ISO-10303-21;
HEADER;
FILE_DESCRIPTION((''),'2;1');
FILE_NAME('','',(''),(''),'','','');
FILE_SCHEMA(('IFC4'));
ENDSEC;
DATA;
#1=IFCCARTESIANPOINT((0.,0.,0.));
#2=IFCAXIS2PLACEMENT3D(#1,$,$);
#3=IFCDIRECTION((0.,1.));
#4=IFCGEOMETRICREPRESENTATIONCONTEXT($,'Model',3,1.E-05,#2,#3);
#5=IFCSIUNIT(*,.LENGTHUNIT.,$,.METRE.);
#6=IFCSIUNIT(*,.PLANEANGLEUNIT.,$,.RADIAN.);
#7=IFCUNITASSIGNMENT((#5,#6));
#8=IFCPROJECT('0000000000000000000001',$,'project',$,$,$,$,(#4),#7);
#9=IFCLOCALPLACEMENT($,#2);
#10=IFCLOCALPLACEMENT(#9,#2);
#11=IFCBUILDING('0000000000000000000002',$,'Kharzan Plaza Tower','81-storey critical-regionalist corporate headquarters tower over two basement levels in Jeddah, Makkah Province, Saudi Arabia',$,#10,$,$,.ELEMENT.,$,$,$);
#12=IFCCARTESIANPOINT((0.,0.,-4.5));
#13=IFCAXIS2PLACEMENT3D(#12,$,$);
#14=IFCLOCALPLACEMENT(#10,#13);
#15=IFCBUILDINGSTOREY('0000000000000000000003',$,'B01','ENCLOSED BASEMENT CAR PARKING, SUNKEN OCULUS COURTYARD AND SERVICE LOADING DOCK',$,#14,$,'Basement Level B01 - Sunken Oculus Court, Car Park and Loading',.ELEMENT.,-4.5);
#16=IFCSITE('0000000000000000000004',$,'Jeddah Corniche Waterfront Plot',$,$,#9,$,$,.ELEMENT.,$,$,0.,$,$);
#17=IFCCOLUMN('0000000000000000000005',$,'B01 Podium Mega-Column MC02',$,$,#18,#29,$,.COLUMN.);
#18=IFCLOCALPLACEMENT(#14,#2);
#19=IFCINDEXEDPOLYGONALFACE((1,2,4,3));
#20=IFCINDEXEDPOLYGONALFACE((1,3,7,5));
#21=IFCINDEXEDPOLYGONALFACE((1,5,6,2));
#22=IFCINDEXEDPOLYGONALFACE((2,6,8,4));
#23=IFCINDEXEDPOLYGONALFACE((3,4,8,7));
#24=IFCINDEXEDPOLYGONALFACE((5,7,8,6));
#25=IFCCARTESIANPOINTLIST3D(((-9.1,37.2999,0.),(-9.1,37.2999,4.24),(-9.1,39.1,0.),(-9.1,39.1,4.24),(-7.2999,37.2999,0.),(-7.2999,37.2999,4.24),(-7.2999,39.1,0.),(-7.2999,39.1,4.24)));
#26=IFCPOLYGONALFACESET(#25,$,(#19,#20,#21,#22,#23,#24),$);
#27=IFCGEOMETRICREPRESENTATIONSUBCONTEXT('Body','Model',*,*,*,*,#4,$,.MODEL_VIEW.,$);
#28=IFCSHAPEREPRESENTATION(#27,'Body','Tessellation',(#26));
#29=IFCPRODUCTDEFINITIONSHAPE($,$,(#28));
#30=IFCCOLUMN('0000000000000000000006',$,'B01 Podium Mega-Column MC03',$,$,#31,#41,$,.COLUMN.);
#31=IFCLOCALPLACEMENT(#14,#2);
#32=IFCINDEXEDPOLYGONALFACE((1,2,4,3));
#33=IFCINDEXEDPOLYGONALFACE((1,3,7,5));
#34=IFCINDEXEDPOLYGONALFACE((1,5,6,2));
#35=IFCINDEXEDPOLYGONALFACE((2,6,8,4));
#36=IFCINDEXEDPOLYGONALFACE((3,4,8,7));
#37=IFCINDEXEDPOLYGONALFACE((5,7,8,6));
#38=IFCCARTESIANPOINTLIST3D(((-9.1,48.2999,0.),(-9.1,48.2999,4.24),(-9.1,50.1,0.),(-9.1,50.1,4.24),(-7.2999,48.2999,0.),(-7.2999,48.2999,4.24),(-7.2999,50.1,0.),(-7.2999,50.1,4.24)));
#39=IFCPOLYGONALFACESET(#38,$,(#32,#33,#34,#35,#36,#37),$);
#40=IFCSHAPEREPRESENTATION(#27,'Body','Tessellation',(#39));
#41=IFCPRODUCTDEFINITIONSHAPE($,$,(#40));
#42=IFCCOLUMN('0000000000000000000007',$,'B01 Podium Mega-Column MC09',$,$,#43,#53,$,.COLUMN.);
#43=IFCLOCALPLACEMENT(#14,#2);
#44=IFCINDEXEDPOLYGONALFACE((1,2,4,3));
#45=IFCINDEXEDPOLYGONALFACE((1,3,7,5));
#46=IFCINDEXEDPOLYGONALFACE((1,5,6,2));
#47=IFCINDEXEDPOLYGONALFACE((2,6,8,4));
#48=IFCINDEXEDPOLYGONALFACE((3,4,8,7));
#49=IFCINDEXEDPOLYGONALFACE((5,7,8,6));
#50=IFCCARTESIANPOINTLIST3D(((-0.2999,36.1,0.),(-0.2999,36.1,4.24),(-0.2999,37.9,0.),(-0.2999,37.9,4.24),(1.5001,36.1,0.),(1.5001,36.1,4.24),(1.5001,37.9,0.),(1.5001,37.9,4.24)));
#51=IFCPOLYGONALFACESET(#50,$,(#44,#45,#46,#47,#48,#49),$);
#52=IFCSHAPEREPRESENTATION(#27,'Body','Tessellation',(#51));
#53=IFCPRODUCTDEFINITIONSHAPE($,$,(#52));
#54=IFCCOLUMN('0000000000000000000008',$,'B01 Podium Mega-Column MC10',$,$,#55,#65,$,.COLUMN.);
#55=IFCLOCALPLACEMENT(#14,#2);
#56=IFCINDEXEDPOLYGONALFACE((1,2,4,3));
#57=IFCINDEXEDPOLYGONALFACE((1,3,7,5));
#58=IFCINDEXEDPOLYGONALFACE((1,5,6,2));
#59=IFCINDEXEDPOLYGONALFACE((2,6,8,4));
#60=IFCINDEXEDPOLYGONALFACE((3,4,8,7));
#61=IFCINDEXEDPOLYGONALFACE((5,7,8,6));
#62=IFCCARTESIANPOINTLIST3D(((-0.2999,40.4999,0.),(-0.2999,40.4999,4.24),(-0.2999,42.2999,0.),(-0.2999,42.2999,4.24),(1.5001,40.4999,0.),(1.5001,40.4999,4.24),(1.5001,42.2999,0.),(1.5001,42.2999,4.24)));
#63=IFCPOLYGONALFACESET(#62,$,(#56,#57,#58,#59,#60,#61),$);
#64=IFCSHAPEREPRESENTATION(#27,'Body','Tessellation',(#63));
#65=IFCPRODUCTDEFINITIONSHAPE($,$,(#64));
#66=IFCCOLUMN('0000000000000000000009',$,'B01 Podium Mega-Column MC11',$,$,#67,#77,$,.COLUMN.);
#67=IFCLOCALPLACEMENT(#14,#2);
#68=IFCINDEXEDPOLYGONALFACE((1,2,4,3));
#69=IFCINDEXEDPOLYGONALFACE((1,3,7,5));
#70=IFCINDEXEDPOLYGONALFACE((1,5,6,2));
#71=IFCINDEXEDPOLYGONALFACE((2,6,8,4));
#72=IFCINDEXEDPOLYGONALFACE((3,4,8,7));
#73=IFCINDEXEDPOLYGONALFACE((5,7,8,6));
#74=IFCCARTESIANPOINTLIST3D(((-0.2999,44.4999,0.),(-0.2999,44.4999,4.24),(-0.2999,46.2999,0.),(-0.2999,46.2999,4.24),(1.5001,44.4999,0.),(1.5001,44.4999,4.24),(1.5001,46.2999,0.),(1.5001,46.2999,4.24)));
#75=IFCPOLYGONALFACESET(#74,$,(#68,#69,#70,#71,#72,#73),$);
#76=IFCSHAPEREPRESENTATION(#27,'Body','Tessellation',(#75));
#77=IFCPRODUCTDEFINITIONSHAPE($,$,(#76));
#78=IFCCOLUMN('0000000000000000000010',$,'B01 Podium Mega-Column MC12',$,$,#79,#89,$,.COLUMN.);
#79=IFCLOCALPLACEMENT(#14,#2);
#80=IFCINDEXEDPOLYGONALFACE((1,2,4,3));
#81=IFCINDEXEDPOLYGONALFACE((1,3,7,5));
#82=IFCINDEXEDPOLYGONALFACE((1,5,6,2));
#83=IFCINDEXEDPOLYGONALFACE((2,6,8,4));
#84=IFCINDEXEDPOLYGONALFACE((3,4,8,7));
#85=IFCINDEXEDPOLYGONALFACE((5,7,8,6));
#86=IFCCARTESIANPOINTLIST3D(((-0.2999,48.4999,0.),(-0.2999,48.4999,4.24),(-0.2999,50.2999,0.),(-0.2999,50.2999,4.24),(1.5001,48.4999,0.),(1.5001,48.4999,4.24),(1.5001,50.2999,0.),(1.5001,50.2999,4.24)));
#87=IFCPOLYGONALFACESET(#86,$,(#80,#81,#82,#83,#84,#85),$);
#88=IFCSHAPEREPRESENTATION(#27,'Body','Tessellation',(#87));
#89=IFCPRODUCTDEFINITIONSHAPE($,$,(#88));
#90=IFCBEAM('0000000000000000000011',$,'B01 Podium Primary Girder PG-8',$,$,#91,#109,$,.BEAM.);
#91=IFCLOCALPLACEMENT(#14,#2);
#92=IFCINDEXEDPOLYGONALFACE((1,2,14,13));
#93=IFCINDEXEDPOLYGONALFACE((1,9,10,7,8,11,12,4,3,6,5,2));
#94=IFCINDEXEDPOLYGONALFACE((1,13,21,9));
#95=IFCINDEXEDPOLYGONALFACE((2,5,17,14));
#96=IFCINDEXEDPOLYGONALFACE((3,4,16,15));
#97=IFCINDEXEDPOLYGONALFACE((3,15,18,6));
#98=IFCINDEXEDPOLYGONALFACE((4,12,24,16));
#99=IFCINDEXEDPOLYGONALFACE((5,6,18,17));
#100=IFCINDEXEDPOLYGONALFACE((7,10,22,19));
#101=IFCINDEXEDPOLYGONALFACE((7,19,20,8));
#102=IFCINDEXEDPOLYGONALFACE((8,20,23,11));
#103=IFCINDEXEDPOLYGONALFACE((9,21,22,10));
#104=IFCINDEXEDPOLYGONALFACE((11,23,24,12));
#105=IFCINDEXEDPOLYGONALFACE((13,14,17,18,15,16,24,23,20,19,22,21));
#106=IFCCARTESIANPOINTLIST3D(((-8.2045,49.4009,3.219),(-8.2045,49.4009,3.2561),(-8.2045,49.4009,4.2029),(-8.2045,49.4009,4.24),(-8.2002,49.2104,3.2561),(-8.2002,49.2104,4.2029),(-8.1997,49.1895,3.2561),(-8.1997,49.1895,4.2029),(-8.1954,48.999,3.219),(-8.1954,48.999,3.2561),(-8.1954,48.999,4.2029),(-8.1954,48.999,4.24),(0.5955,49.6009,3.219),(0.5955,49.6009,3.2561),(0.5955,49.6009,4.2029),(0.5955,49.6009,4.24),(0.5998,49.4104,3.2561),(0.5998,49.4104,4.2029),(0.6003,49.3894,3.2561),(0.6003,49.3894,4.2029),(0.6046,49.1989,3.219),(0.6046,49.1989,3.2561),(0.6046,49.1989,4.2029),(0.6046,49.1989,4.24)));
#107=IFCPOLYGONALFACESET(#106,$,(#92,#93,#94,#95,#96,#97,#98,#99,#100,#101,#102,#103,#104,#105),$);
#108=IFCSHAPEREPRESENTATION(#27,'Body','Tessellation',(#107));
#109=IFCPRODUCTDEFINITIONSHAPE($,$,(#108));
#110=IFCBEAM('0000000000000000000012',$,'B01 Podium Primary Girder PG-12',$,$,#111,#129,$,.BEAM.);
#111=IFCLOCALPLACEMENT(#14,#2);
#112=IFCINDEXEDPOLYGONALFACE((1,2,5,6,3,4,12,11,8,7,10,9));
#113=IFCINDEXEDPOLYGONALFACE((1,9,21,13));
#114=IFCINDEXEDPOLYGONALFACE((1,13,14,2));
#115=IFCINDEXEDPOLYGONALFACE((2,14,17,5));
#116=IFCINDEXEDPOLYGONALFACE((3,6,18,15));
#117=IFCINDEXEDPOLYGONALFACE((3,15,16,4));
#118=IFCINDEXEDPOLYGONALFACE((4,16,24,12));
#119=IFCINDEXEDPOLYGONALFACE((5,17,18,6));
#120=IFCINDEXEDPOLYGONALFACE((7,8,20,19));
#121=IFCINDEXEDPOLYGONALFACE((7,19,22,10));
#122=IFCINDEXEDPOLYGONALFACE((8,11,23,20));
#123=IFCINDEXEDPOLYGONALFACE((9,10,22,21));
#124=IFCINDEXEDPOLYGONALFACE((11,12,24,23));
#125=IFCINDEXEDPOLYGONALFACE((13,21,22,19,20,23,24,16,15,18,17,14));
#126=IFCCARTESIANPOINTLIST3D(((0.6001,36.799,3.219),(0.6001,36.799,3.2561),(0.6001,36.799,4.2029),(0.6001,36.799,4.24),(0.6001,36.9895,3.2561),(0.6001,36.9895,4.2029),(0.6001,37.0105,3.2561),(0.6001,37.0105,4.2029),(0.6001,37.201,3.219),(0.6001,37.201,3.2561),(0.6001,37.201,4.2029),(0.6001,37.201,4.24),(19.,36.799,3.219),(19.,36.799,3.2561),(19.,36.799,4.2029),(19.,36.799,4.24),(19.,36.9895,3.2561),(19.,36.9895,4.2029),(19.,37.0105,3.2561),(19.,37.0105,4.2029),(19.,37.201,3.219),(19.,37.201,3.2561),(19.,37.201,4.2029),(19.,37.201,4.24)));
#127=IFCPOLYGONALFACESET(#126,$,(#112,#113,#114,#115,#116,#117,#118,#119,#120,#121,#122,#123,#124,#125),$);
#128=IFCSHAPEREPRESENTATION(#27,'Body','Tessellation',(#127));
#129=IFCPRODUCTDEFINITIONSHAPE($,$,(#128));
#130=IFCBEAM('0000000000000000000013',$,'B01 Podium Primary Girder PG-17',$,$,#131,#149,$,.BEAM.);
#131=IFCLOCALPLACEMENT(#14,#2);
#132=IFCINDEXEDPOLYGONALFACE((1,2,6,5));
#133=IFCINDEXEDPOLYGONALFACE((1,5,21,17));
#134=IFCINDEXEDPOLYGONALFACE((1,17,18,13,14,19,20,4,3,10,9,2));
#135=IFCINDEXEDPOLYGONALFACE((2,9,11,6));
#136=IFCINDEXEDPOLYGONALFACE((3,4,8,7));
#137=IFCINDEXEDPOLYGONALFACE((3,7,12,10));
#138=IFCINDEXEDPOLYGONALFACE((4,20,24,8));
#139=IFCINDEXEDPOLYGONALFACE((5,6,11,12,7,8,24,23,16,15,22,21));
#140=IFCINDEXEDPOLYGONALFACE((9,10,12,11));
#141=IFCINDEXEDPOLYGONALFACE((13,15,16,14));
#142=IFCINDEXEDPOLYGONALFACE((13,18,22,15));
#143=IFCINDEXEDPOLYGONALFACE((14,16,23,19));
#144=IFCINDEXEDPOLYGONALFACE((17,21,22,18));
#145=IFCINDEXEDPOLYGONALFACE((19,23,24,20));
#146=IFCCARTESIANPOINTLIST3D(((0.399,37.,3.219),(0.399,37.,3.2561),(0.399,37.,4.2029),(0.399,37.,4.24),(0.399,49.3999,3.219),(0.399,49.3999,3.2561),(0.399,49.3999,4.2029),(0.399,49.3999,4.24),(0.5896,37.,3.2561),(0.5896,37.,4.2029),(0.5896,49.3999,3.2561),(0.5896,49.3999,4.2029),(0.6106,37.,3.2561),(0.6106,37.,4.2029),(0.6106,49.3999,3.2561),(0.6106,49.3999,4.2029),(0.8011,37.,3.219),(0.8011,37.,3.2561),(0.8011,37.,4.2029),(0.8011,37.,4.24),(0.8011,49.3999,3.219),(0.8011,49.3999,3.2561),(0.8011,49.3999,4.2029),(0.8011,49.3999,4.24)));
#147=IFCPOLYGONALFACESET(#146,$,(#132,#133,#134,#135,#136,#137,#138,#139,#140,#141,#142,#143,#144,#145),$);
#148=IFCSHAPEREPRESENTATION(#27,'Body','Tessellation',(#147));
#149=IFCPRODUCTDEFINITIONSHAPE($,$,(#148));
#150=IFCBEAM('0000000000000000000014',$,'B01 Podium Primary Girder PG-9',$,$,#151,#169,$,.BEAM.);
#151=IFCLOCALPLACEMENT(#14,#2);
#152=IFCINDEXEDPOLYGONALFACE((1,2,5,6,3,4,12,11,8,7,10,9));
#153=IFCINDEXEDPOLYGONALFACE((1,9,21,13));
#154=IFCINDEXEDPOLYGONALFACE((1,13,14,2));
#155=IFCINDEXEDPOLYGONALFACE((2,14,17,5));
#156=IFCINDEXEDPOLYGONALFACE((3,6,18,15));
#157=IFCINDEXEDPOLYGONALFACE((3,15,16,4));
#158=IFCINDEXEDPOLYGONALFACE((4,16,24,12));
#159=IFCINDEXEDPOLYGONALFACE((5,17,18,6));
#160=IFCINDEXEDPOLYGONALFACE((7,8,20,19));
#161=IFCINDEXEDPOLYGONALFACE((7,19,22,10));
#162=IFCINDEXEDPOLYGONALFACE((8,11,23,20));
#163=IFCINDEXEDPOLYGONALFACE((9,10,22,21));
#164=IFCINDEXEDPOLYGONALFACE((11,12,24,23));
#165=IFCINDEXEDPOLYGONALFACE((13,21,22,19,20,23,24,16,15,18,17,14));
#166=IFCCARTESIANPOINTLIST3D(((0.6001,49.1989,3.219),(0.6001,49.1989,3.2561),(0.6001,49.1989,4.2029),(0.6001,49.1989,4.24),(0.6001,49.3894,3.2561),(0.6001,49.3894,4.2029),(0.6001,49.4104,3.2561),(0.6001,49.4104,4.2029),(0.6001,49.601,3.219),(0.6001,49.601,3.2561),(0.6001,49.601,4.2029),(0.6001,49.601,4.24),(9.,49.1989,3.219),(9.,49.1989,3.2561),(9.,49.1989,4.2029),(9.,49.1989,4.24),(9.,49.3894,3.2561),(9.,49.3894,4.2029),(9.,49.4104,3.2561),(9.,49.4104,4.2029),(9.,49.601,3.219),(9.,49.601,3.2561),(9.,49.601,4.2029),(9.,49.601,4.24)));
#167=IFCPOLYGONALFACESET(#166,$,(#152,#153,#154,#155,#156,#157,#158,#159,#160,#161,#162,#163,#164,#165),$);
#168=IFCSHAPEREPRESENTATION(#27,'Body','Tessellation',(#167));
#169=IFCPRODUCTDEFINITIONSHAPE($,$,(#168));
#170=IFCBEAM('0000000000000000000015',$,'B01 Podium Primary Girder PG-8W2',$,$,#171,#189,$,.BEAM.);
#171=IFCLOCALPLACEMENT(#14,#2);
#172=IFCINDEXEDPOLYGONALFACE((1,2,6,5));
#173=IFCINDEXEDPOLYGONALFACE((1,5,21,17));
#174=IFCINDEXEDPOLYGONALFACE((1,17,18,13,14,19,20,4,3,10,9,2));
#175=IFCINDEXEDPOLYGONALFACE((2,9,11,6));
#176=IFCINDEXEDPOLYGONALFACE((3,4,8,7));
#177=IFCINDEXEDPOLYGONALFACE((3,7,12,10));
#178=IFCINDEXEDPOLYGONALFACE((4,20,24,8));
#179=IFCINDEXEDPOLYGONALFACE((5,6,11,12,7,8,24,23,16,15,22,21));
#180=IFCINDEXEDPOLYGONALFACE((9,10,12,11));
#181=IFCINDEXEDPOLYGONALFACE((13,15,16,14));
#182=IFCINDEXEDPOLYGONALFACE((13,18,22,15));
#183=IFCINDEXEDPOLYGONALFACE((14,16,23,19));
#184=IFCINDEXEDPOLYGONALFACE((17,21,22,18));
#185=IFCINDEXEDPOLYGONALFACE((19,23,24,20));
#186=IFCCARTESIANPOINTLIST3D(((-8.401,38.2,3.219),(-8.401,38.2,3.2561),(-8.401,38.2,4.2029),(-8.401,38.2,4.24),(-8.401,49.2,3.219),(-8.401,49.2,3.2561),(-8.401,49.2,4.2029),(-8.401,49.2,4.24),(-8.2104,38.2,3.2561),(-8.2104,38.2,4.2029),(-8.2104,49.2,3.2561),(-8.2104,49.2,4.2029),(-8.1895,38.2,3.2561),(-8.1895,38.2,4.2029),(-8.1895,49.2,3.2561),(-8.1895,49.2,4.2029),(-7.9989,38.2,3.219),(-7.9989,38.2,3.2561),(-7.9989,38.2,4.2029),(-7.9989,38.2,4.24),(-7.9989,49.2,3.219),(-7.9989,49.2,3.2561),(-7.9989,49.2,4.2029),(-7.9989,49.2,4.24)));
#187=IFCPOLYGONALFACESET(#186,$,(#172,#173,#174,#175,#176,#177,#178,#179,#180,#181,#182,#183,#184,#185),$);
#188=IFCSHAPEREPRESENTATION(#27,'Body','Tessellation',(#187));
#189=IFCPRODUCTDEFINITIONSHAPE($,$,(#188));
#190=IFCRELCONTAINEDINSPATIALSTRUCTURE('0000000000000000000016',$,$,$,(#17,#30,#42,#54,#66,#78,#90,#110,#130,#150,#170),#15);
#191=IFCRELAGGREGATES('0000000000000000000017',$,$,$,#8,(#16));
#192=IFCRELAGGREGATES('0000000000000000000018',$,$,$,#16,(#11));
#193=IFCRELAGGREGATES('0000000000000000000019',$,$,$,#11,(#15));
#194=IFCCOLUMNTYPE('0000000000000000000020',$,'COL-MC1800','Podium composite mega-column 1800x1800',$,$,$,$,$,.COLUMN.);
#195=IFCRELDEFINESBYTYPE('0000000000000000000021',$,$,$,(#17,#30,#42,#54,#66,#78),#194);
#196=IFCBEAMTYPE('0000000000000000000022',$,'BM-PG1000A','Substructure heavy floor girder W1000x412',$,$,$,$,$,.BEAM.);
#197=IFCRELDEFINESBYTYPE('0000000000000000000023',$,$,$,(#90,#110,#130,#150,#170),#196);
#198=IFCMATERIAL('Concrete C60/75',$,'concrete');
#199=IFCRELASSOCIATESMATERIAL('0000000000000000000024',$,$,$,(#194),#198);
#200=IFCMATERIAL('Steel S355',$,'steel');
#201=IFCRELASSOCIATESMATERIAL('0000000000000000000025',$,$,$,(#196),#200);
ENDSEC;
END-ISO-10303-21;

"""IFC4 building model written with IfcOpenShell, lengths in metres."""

from ifc_helpers import new_model, si_unit, direction, frame, origin, origin_2d, place, context, subcontext, project, spatial, rectangle, i_section, extrude, source, transform, mapped, material, material_profile, profile_set, type_object, element, save


model = new_model("IFC4")

# Units and contexts
model_context = context("Model", 3, precision=1e-05, world=origin(), true_north=direction((0.0, 1.0)))
body_context = subcontext(model_context, "Body", "Model", "MODEL_VIEW")
ifc_project = project(units=[si_unit("LENGTHUNIT", "METRE"), si_unit("PLANEANGLEUNIT", "RADIAN")], contexts=[model_context])

# Site, building, storey
site_placement = place(None, origin())
site = spatial("IfcSite", under=ifc_project, at=site_placement, Name="Jeddah Corniche Waterfront Plot", CompositionType="ELEMENT", RefElevation=0.0)
building_placement = place(site_placement, origin())
building = spatial("IfcBuilding", under=site, at=building_placement, Name="Kharzan Plaza Tower", Description="81-storey critical-regionalist corporate headquarters tower over two basement levels in Jeddah, Makkah Province, Saudi Arabia", CompositionType="ELEMENT")
storey_placement = place(building_placement, frame((0.0, 0.0, -4.5)))
storey = spatial("IfcBuildingStorey", under=building, at=storey_placement, Name="B01", Description="ENCLOSED BASEMENT CAR PARKING, SUNKEN OCULUS COURTYARD AND SERVICE LOADING DOCK", LongName="Basement Level B01 - Sunken Oculus Court, Car Park and Loading", CompositionType="ELEMENT", Elevation=-4.5)

# Columns
ifc_material_1 = material(Name="Concrete C60/75", Category="concrete")
ifc_material_profile_1 = material_profile(ifc_material_1, rectangle(XDim=1.8, YDim=1.8, at=origin_2d()), Name="RC-MC1800x1800")
ifc_profile_set_1 = profile_set([ifc_material_profile_1], Name="Concrete C60/75")
column_type = type_object("IfcColumnType", Name="COL-MC1800", Description="Podium composite mega-column 1800x1800", PredefinedType="COLUMN", material=ifc_profile_set_1)
shared_shape_1 = source(origin(), body_context, "Body", "SweptSolid", [
    extrude(rectangle(XDim=1.8, YDim=1.8, at=origin_2d()), origin(), (0.0, 0.0, 1.0), 4.24),
])
for number, where, z_axis, x_axis, name in (
    (1, (-8.2, 38.2, 0.0), (0.0, 0.0, 1.0), (1.0, 0.0, 0.0), "B01 Podium Mega-Column MC02"),
    (2, (-8.2, 49.2, 0.0), (0.0, 0.0, 1.0), (1.0, 0.0, 0.0), "B01 Podium Mega-Column MC03"),
    (3, (0.6001, 37.0, 0.0), (0.0, 0.0, 1.0), (1.0, 0.0, 0.0), "B01 Podium Mega-Column MC09"),
    (4, (0.6001, 41.3999, 0.0), (0.0, 0.0, 1.0), (1.0, 0.0, 0.0), "B01 Podium Mega-Column MC10"),
    (5, (0.6001, 45.3999, 0.0), (0.0, 0.0, 1.0), (1.0, 0.0, 0.0), "B01 Podium Mega-Column MC11"),
    (6, (0.6001, 49.3999, 0.0), (0.0, 0.0, 1.0), (1.0, 0.0, 0.0), "B01 Podium Mega-Column MC12"),
):
    element("IfcColumn", number, at=place(storey_placement, frame(where, z_axis=z_axis, x_axis=x_axis)), inside=storey, type_object=column_type, Name=name, PredefinedType="COLUMN", context=body_context, shape_type="MappedRepresentation", body=[
        mapped(shared_shape_1, transform((0.0, 0.0, 0.0), x_axis=(1.0, 0.0, 0.0), y_axis=(0.0, 1.0, 0.0), z_axis=(0.0, 0.0, 1.0))),
    ])

# Beams
ifc_material_2 = material(Name="Steel S355", Category="steel")
ifc_material_profile_2 = material_profile(ifc_material_2, i_section(OverallWidth=0.4021, OverallDepth=1.021, WebThickness=0.021, FlangeThickness=0.0371, at=origin_2d()), Name="W1000x412")
ifc_profile_set_2 = profile_set([ifc_material_profile_2], Name="Steel S355")
beam_type_1 = type_object("IfcBeamType", Name="BM-PG1000A", Description="Substructure heavy floor girder W1000x412", PredefinedType="BEAM", material=ifc_profile_set_2)
shared_shape_2 = source(origin(), body_context, "Body", "SweptSolid", [
    extrude(i_section(OverallWidth=0.4021, OverallDepth=1.021, WebThickness=0.021, FlangeThickness=0.0371, at=origin_2d()), origin(), (0.0, 0.0, 1.0), 8.8022),
])
beam_1_placement = place(storey_placement, frame((-8.2, 49.2, 3.7295), z_axis=(0.999742, 0.022716, 0.0), x_axis=(-0.022716, 0.999742, 0.0)))
element("IfcBeam", 7, at=beam_1_placement, inside=storey, type_object=beam_type_1, Name="B01 Podium Primary Girder PG-8", PredefinedType="BEAM", context=body_context, shape_type="MappedRepresentation", body=[
    mapped(shared_shape_2, transform((0.0, 0.0, 0.0), x_axis=(1.0, 0.0, 0.0), y_axis=(0.0, 1.0, 0.0), z_axis=(0.0, 0.0, 1.0))),
])
shared_shape_3 = source(origin(), body_context, "Body", "SweptSolid", [
    extrude(i_section(OverallWidth=0.4021, OverallDepth=1.021, WebThickness=0.021, FlangeThickness=0.0371, at=origin_2d()), origin(), (0.0, 0.0, 1.0), 18.3999),
])
beam_2_placement = place(storey_placement, frame((0.6001, 37.0, 3.7295), z_axis=(1.0, 0.0, 0.0), x_axis=(0.0, 1.0, 0.0)))
element("IfcBeam", 8, at=beam_2_placement, inside=storey, type_object=beam_type_1, Name="B01 Podium Primary Girder PG-12", PredefinedType="BEAM", context=body_context, shape_type="MappedRepresentation", body=[
    mapped(shared_shape_3, transform((0.0, 0.0, 0.0), x_axis=(1.0, 0.0, 0.0), y_axis=(0.0, 1.0, 0.0), z_axis=(0.0, 0.0, 1.0))),
])
shared_shape_4 = source(origin(), body_context, "Body", "SweptSolid", [
    extrude(i_section(OverallWidth=0.4021, OverallDepth=1.021, WebThickness=0.021, FlangeThickness=0.0371, at=origin_2d()), origin(), (0.0, 0.0, 1.0), 12.3999),
])
beam_3_placement = place(storey_placement, frame((0.6001, 37.0, 3.7295), z_axis=(0.0, 1.0, 0.0), x_axis=(-1.0, 0.0, 0.0)))
element("IfcBeam", 9, at=beam_3_placement, inside=storey, type_object=beam_type_1, Name="B01 Podium Primary Girder PG-17", PredefinedType="BEAM", context=body_context, shape_type="MappedRepresentation", body=[
    mapped(shared_shape_4, transform((0.0, 0.0, 0.0), x_axis=(1.0, 0.0, 0.0), y_axis=(0.0, 1.0, 0.0), z_axis=(0.0, 0.0, 1.0))),
])
shared_shape_5 = source(origin(), body_context, "Body", "SweptSolid", [
    extrude(i_section(OverallWidth=0.4021, OverallDepth=1.021, WebThickness=0.021, FlangeThickness=0.0371, at=origin_2d()), origin(), (0.0, 0.0, 1.0), 8.3999),
])
beam_4_placement = place(storey_placement, frame((0.6001, 49.3999, 3.7295), z_axis=(1.0, 0.0, 0.0), x_axis=(0.0, 1.0, 0.0)))
element("IfcBeam", 10, at=beam_4_placement, inside=storey, type_object=beam_type_1, Name="B01 Podium Primary Girder PG-9", PredefinedType="BEAM", context=body_context, shape_type="MappedRepresentation", body=[
    mapped(shared_shape_5, transform((0.0, 0.0, 0.0), x_axis=(1.0, 0.0, 0.0), y_axis=(0.0, 1.0, 0.0), z_axis=(0.0, 0.0, 1.0))),
])
shared_shape_6 = source(origin(), body_context, "Body", "SweptSolid", [
    extrude(i_section(OverallWidth=0.4021, OverallDepth=1.021, WebThickness=0.021, FlangeThickness=0.0371, at=origin_2d()), origin(), (0.0, 0.0, 1.0), 11.0),
])
beam_5_placement = place(storey_placement, frame((-8.2, 38.2, 3.7295), z_axis=(0.0, 1.0, 0.0), x_axis=(-1.0, 0.0, 0.0)))
element("IfcBeam", 11, at=beam_5_placement, inside=storey, type_object=beam_type_1, Name="B01 Podium Primary Girder PG-8W2", PredefinedType="BEAM", context=body_context, shape_type="MappedRepresentation", body=[
    mapped(shared_shape_6, transform((0.0, 0.0, 0.0), x_axis=(1.0, 0.0, 0.0), y_axis=(0.0, 1.0, 0.0), z_axis=(0.0, 0.0, 1.0))),
])

save(model, "model.ifc")
